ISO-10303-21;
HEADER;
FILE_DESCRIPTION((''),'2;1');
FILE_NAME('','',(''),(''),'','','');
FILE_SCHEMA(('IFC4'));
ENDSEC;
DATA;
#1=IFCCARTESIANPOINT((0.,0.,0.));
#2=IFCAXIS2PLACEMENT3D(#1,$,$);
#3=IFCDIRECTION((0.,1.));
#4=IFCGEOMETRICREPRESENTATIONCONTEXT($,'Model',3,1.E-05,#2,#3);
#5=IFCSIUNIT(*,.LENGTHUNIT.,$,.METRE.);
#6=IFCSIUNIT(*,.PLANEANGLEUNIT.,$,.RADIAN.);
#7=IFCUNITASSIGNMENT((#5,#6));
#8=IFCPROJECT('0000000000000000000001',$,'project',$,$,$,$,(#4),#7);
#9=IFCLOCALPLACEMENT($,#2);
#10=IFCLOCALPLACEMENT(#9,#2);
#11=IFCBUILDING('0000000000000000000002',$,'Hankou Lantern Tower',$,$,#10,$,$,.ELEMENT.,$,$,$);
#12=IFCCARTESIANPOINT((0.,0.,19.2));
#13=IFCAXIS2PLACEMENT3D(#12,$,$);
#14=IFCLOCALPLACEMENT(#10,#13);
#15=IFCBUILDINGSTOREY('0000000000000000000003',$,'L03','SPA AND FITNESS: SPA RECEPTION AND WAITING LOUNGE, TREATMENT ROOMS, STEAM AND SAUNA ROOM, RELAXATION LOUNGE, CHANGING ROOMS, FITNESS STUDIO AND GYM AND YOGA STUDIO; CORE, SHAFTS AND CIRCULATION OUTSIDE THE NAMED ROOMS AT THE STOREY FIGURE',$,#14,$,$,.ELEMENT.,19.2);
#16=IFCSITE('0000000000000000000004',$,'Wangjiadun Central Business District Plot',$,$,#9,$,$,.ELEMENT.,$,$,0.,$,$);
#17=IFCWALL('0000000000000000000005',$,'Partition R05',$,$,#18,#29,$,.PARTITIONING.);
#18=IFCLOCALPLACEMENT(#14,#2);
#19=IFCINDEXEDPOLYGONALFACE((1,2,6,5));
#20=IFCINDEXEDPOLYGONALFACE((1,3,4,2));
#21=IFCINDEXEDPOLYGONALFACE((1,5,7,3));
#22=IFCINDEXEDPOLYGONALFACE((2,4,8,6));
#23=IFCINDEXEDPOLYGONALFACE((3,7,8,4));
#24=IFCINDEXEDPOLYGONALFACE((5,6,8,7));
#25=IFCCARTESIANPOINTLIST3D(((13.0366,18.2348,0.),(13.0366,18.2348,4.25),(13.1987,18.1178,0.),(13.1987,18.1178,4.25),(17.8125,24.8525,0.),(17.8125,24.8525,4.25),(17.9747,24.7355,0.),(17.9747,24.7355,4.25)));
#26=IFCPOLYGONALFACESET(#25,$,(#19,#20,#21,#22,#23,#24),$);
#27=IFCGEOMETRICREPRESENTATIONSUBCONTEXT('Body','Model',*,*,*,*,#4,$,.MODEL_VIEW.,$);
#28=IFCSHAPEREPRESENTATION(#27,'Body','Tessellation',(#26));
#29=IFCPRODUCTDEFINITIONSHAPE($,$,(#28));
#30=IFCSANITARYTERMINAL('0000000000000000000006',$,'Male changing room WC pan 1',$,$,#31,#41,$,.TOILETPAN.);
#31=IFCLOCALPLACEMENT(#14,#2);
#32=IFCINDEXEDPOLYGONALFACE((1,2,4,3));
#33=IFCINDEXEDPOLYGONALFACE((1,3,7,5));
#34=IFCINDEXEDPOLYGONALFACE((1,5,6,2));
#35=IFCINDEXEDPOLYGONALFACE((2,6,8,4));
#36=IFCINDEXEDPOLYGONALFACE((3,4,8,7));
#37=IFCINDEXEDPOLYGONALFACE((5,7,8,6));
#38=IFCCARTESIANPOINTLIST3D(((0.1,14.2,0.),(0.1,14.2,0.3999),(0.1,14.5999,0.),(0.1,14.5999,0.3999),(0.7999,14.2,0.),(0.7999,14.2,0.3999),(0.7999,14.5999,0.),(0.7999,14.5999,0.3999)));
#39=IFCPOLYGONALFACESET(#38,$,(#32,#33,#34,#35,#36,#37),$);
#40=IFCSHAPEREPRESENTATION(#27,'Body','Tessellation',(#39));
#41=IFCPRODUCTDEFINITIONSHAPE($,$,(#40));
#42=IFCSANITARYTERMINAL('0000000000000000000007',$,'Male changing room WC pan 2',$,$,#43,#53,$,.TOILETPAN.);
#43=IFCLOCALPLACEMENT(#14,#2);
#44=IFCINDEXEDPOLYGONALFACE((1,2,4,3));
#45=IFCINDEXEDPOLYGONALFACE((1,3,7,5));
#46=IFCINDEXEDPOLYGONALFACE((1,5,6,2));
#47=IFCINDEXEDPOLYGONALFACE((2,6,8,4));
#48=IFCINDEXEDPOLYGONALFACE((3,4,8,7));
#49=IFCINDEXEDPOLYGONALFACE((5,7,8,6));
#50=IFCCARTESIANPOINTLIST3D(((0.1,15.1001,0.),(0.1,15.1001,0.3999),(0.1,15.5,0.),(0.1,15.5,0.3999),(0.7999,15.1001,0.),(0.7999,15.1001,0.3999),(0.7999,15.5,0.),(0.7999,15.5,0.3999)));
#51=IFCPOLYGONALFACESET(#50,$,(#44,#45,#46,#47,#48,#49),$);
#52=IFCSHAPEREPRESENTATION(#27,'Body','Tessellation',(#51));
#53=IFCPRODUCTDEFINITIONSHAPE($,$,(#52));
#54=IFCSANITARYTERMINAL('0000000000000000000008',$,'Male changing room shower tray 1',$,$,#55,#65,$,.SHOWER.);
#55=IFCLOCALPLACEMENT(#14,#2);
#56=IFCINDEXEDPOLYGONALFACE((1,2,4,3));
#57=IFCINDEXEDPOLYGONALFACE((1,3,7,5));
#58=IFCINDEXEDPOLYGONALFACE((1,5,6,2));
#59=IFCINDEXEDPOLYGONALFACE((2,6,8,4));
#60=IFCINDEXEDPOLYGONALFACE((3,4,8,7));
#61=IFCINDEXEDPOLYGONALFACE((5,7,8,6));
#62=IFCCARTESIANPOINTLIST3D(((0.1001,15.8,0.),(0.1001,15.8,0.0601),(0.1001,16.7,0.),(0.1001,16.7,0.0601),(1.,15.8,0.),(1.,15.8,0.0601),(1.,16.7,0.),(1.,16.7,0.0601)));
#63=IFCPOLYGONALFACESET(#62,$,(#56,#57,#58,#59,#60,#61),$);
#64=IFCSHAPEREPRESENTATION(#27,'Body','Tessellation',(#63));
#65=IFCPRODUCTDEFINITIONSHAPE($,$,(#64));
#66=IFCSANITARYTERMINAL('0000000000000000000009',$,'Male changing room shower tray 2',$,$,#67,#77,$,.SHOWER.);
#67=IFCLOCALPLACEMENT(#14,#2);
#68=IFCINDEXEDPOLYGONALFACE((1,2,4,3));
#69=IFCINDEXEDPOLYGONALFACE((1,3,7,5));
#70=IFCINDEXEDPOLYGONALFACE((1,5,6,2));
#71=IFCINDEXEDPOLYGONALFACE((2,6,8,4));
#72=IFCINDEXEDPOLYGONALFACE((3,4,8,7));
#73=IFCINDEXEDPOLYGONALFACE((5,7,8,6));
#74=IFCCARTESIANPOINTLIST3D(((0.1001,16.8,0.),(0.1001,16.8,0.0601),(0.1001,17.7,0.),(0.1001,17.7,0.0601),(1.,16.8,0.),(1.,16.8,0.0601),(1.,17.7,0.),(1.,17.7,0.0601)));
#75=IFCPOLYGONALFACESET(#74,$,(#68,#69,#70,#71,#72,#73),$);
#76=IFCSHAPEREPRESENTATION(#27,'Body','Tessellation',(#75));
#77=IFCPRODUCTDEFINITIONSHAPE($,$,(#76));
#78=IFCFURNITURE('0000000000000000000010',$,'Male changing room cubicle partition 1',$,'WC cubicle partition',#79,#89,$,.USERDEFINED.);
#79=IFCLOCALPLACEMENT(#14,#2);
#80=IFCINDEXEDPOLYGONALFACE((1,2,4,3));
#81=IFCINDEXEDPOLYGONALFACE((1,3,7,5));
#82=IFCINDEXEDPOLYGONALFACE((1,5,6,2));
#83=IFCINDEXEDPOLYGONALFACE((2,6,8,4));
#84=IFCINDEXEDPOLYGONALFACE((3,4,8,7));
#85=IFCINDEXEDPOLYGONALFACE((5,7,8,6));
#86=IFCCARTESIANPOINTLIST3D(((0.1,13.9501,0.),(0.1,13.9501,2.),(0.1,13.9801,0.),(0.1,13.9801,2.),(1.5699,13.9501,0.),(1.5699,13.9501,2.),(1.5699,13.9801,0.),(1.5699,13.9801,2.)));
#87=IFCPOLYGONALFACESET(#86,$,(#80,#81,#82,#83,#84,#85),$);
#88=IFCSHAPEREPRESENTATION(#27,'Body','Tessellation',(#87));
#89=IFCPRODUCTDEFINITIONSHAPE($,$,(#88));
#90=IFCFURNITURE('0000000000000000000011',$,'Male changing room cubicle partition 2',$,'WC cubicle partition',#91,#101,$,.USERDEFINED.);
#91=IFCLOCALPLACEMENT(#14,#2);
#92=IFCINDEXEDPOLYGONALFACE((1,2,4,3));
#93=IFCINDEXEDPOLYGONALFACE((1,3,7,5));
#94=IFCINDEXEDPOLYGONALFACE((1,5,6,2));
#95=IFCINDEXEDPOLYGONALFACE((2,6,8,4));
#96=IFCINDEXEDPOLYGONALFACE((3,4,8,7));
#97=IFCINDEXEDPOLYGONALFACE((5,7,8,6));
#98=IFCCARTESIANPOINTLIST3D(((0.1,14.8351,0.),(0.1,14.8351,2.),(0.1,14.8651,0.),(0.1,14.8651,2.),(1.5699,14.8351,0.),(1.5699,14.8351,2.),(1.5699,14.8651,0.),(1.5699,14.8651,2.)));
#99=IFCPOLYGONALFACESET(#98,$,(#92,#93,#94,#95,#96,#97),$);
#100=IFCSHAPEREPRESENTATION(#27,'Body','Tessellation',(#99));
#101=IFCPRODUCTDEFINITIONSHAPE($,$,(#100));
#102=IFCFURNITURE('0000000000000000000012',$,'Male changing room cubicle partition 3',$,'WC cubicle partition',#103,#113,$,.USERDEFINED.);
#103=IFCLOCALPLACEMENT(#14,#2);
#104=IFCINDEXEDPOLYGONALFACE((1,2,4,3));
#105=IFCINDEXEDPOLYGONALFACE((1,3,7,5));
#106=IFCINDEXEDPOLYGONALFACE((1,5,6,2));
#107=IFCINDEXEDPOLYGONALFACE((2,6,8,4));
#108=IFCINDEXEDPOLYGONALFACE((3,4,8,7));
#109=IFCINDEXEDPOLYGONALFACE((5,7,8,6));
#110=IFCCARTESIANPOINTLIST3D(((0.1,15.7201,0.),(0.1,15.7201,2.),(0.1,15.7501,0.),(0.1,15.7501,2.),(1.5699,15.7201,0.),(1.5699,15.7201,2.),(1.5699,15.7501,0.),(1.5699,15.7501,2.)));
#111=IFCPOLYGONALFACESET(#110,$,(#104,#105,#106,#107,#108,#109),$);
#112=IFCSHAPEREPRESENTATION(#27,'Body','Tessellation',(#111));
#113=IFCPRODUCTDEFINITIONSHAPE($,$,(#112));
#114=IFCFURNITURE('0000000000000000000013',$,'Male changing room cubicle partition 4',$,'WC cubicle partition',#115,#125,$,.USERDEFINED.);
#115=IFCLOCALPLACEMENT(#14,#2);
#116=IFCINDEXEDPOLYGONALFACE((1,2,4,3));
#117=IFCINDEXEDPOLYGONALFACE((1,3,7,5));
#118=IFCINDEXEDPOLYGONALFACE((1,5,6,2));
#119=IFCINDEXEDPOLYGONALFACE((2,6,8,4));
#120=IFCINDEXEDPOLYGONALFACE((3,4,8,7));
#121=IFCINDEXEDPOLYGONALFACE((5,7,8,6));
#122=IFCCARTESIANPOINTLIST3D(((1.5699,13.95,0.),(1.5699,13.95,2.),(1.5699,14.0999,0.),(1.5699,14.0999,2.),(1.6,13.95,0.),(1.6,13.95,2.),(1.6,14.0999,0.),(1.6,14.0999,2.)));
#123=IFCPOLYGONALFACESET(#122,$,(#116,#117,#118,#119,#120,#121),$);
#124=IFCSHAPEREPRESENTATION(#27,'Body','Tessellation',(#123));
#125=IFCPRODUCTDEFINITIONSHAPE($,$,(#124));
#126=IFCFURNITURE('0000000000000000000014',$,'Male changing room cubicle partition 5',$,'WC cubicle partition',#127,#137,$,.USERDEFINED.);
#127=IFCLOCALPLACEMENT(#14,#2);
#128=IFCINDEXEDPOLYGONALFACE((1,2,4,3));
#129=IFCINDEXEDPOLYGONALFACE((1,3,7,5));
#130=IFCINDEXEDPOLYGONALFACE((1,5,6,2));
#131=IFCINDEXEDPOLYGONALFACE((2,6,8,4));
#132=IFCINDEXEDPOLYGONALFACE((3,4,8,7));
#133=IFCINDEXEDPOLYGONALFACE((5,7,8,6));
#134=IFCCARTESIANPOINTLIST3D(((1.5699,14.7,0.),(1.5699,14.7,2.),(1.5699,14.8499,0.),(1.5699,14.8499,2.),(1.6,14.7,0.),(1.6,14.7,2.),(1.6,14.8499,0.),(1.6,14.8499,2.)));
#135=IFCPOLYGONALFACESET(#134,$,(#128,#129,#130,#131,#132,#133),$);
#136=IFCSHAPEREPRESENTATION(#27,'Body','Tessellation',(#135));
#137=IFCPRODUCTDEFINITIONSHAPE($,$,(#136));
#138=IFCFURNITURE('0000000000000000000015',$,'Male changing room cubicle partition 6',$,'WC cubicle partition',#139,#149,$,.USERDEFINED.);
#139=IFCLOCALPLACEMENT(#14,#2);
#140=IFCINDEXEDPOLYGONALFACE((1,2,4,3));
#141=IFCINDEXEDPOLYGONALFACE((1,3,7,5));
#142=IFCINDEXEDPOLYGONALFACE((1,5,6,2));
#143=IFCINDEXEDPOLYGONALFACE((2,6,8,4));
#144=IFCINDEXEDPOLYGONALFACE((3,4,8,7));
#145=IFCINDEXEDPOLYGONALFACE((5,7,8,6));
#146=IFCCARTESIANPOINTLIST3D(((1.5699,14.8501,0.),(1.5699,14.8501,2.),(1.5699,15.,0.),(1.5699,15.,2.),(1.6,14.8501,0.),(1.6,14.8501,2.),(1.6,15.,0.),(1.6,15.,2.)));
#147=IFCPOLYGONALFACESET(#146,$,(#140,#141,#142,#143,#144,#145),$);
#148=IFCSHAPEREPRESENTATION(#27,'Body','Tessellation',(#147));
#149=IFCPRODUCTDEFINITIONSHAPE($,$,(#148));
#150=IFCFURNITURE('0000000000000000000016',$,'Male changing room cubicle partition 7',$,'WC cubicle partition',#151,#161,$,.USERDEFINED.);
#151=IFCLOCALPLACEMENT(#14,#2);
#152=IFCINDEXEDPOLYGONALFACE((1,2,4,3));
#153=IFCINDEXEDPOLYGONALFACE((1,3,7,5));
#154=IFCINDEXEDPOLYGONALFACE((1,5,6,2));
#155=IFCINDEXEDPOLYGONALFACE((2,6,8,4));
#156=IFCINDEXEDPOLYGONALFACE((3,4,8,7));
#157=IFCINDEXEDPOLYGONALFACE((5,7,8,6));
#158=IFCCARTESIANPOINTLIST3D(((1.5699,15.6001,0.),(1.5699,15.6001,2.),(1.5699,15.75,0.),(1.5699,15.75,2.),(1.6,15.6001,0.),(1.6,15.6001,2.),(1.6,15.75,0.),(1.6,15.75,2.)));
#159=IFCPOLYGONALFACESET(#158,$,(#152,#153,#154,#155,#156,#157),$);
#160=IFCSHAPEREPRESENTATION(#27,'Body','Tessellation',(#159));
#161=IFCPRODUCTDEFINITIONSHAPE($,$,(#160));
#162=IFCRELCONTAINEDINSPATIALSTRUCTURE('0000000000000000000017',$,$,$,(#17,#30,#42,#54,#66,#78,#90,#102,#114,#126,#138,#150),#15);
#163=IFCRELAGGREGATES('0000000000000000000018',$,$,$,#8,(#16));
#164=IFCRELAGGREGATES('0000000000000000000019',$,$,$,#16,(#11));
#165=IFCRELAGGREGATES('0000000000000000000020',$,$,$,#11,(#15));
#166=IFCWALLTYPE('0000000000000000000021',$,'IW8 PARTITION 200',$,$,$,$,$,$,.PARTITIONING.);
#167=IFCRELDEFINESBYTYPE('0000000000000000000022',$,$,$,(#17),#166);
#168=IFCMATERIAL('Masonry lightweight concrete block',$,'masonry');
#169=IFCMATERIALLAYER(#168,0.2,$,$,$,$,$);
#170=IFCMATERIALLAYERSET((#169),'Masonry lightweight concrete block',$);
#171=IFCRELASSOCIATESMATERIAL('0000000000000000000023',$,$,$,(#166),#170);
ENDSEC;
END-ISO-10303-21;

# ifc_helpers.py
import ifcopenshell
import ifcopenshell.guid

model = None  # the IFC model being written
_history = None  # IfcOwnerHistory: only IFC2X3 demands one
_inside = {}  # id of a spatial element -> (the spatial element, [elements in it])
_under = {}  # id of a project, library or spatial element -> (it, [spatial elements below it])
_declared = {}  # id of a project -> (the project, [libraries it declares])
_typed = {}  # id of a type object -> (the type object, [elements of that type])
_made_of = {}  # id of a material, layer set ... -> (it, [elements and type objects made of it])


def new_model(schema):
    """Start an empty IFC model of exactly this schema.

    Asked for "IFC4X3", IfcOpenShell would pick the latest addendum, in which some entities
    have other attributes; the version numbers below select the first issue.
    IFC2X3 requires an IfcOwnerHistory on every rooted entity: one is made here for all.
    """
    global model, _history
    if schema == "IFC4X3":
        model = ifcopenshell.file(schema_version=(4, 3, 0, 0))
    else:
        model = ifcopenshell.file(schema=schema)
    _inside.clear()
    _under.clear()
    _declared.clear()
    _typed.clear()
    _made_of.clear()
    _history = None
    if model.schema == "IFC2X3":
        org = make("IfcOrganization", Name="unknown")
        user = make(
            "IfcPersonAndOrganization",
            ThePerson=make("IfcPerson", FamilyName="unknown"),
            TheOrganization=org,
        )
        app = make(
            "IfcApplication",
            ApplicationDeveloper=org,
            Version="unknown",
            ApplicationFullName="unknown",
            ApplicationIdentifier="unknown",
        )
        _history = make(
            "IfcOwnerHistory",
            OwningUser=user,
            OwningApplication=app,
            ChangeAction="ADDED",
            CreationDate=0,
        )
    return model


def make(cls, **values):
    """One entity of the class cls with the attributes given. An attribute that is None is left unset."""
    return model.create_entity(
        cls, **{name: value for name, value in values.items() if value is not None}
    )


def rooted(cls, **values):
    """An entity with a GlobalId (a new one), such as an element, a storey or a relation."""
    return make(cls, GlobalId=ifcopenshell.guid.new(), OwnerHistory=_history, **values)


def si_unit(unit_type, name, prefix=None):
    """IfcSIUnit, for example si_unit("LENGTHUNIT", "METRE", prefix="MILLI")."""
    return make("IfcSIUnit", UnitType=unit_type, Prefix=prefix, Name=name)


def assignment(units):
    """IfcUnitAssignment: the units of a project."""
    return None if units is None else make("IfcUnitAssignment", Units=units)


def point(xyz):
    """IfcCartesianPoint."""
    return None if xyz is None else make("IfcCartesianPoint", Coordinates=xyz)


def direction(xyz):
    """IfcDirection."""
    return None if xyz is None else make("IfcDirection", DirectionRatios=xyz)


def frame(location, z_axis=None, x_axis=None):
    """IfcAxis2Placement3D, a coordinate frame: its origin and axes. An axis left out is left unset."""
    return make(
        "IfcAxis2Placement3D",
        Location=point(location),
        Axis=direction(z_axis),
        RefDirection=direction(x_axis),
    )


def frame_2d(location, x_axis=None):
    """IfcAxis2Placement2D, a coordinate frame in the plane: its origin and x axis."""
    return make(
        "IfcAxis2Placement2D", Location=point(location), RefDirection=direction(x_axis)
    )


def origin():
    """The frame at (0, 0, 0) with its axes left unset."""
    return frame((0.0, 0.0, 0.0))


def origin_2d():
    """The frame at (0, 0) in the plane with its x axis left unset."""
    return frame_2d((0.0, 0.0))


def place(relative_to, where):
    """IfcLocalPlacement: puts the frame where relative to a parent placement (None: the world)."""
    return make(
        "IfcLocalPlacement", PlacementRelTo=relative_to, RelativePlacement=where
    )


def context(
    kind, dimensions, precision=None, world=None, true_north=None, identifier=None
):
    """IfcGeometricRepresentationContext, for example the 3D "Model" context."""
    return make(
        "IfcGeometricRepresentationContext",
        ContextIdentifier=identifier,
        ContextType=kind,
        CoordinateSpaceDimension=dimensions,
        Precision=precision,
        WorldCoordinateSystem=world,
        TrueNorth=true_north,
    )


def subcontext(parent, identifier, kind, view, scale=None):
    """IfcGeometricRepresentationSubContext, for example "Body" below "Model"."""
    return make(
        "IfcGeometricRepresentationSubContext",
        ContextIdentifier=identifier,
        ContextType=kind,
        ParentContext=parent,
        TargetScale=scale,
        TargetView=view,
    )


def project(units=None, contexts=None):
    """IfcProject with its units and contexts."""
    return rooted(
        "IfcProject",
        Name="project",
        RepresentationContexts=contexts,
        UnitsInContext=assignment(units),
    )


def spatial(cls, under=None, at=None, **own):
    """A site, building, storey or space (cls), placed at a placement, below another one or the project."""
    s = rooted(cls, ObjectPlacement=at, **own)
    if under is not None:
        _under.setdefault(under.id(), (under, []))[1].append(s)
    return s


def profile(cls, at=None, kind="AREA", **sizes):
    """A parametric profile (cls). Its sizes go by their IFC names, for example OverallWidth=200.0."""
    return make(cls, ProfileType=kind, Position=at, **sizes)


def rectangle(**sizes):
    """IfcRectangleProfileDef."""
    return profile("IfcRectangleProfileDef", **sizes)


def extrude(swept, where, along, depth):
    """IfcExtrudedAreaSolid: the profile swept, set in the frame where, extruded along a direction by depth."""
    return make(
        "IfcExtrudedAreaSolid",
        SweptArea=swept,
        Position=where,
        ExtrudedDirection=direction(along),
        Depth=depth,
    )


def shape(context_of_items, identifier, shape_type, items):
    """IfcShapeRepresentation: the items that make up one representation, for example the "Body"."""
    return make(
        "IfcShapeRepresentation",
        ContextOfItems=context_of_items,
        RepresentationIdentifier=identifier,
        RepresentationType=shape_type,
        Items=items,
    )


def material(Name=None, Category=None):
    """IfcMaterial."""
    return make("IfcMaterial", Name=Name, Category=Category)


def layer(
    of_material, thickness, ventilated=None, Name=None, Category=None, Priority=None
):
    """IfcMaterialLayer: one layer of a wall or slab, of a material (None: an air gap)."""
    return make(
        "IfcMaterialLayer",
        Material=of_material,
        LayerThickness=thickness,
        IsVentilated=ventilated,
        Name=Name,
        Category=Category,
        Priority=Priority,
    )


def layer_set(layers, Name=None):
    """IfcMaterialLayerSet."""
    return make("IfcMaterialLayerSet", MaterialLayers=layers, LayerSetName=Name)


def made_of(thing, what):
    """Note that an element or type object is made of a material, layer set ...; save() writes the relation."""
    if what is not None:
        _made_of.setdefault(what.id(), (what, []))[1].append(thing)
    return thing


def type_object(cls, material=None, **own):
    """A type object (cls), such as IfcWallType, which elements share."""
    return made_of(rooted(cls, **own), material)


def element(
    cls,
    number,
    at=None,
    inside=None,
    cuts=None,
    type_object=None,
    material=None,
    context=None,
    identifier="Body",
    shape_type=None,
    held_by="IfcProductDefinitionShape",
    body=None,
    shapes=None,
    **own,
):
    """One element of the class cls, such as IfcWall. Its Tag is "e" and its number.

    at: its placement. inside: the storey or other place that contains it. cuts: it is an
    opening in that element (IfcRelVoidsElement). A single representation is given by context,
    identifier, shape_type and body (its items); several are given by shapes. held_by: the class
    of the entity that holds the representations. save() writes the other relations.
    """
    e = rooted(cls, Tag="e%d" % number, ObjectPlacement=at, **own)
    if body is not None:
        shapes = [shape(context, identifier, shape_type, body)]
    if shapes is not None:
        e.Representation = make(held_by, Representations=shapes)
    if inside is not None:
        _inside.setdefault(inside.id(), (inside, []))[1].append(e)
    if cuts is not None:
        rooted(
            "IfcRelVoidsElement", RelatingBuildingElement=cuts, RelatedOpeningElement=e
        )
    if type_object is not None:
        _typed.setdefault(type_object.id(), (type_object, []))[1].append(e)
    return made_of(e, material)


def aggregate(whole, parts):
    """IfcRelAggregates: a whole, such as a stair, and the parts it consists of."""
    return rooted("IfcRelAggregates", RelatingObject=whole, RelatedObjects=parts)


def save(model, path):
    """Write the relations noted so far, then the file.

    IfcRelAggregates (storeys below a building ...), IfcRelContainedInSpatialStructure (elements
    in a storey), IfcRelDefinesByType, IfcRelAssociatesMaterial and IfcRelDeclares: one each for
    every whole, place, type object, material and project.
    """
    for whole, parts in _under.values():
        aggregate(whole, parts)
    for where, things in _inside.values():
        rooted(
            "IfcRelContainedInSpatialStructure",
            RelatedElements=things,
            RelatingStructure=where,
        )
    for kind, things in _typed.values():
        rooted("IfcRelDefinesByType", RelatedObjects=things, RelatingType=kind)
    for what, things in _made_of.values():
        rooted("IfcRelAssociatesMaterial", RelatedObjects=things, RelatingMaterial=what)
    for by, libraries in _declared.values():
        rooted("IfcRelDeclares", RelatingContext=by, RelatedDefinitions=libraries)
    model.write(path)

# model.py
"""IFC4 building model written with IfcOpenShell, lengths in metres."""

from ifc_helpers import new_model, si_unit, direction, frame, frame_2d, origin, origin_2d, place, context, subcontext, project, spatial, rectangle, extrude, material, layer, layer_set, type_object, element, save


model = new_model("IFC4")

# Units and contexts
model_context = context("Model", 3, precision=1e-05, world=origin(), true_north=direction((0.0, 1.0)))
body_context = subcontext(model_context, "Body", "Model", "MODEL_VIEW")
ifc_project = project(units=[si_unit("LENGTHUNIT", "METRE"), si_unit("PLANEANGLEUNIT", "RADIAN")], contexts=[model_context])

# Site, building, storey
site_placement = place(None, origin())
site = spatial("IfcSite", under=ifc_project, at=site_placement, Name="Wangjiadun Central Business District Plot", CompositionType="ELEMENT", RefElevation=0.0)
building_placement = place(site_placement, origin())
building = spatial("IfcBuilding", under=site, at=building_placement, Name="Hankou Lantern Tower", CompositionType="ELEMENT")
storey_placement = place(building_placement, frame((0.0, 0.0, 19.2)))
storey = spatial("IfcBuildingStorey", under=building, at=storey_placement, Name="L03", Description="SPA AND FITNESS: SPA RECEPTION AND WAITING LOUNGE, TREATMENT ROOMS, STEAM AND SAUNA ROOM, RELAXATION LOUNGE, CHANGING ROOMS, FITNESS STUDIO AND GYM AND YOGA STUDIO; CORE, SHAFTS AND CIRCULATION OUTSIDE THE NAMED ROOMS AT THE STOREY FIGURE", CompositionType="ELEMENT", Elevation=19.2)

# Wall
ifc_material_1 = material(Name="Masonry lightweight concrete block", Category="masonry")
ifc_layer = layer(ifc_material_1, 0.2)
ifc_layer_set = layer_set([ifc_layer], Name="Masonry lightweight concrete block")
wall_type = type_object("IfcWallType", Name="IW8 PARTITION 200", PredefinedType="PARTITIONING", material=ifc_layer_set)
wall_placement = place(storey_placement, frame((13.1177, 18.1763, 0.0), z_axis=(0.0, 0.0, 1.0), x_axis=(0.585204, 0.810886, 0.0)))
element("IfcWall", 1, at=wall_placement, inside=storey, type_object=wall_type, Name="Partition R05", PredefinedType="PARTITIONING", context=body_context, shape_type="SweptSolid", body=[
    extrude(rectangle(XDim=8.1611, YDim=0.2, at=frame_2d((4.0806, 0.0))), origin(), (0.0, 0.0, 1.0), 4.25),
])

# Sanitary terminals
for number, where, z_axis, x_axis, name in (
    (2, (0.45, 14.3999, 0.0), (0.0, 0.0, 1.0), (0.0, 1.0, 0.0), "Male changing room WC pan 1"),
    (3, (0.45, 15.3, 0.0), (0.0, 0.0, 1.0), (0.0, 1.0, 0.0), "Male changing room WC pan 2"),
):
    element("IfcSanitaryTerminal", number, at=place(storey_placement, frame(where, z_axis=z_axis, x_axis=x_axis)), inside=storey, Name=name, PredefinedType="TOILETPAN", context=body_context, shape_type="SweptSolid", body=[
        extrude(rectangle(XDim=0.3999, YDim=0.7, at=origin_2d()), origin(), (0.0, 0.0, 1.0), 0.3999),
    ])
for number, where, z_axis, x_axis, name in (
    (4, (0.55, 16.25, 0.0), (0.0, 0.0, 1.0), (0.0, 1.0, 0.0), "Male changing room shower tray 1"),
    (5, (0.55, 17.25, 0.0), (0.0, 0.0, 1.0), (0.0, 1.0, 0.0), "Male changing room shower tray 2"),
):
    element("IfcSanitaryTerminal", number, at=place(storey_placement, frame(where, z_axis=z_axis, x_axis=x_axis)), inside=storey, Name=name, PredefinedType="SHOWER", context=body_context, shape_type="SweptSolid", body=[
        extrude(rectangle(XDim=0.8999, YDim=0.8999, at=origin_2d()), origin(), (0.0, 0.0, 1.0), 0.0601),
    ])

# Furniture
for number, where, z_axis, x_axis, name in (
    (6, (0.835, 13.9651, 0.0), (0.0, 0.0, 1.0), (0.0, 1.0, 0.0), "Male changing room cubicle partition 1"),
    (7, (0.835, 14.8501, 0.0), (0.0, 0.0, 1.0), (0.0, 1.0, 0.0), "Male changing room cubicle partition 2"),
    (8, (0.835, 15.7351, 0.0), (0.0, 0.0, 1.0), (0.0, 1.0, 0.0), "Male changing room cubicle partition 3"),
):
    element("IfcFurniture", number, at=place(storey_placement, frame(where, z_axis=z_axis, x_axis=x_axis)), inside=storey, Name=name, ObjectType="WC cubicle partition", PredefinedType="USERDEFINED", context=body_context, shape_type="SweptSolid", body=[
        extrude(rectangle(XDim=0.03, YDim=1.47, at=origin_2d()), origin(), (0.0, 0.0, 1.0), 2.0),
    ])
for number, where, z_axis, x_axis, name in (
    (9, (1.585, 14.0249, 0.0), (0.0, 0.0, 1.0), (0.0, 1.0, 0.0), "Male changing room cubicle partition 4"),
    (10, (1.585, 14.7749, 0.0), (0.0, 0.0, 1.0), (0.0, 1.0, 0.0), "Male changing room cubicle partition 5"),
    (11, (1.585, 14.925, 0.0), (0.0, 0.0, 1.0), (0.0, 1.0, 0.0), "Male changing room cubicle partition 6"),
    (12, (1.585, 15.675, 0.0), (0.0, 0.0, 1.0), (0.0, 1.0, 0.0), "Male changing room cubicle partition 7"),
):
    element("IfcFurniture", number, at=place(storey_placement, frame(where, z_axis=z_axis, x_axis=x_axis)), inside=storey, Name=name, ObjectType="WC cubicle partition", PredefinedType="USERDEFINED", context=body_context, shape_type="SweptSolid", body=[
        extrude(rectangle(XDim=0.1499, YDim=0.03, at=origin_2d()), origin(), (0.0, 0.0, 1.0), 2.0),
    ])

save(model, "model.ifc")
